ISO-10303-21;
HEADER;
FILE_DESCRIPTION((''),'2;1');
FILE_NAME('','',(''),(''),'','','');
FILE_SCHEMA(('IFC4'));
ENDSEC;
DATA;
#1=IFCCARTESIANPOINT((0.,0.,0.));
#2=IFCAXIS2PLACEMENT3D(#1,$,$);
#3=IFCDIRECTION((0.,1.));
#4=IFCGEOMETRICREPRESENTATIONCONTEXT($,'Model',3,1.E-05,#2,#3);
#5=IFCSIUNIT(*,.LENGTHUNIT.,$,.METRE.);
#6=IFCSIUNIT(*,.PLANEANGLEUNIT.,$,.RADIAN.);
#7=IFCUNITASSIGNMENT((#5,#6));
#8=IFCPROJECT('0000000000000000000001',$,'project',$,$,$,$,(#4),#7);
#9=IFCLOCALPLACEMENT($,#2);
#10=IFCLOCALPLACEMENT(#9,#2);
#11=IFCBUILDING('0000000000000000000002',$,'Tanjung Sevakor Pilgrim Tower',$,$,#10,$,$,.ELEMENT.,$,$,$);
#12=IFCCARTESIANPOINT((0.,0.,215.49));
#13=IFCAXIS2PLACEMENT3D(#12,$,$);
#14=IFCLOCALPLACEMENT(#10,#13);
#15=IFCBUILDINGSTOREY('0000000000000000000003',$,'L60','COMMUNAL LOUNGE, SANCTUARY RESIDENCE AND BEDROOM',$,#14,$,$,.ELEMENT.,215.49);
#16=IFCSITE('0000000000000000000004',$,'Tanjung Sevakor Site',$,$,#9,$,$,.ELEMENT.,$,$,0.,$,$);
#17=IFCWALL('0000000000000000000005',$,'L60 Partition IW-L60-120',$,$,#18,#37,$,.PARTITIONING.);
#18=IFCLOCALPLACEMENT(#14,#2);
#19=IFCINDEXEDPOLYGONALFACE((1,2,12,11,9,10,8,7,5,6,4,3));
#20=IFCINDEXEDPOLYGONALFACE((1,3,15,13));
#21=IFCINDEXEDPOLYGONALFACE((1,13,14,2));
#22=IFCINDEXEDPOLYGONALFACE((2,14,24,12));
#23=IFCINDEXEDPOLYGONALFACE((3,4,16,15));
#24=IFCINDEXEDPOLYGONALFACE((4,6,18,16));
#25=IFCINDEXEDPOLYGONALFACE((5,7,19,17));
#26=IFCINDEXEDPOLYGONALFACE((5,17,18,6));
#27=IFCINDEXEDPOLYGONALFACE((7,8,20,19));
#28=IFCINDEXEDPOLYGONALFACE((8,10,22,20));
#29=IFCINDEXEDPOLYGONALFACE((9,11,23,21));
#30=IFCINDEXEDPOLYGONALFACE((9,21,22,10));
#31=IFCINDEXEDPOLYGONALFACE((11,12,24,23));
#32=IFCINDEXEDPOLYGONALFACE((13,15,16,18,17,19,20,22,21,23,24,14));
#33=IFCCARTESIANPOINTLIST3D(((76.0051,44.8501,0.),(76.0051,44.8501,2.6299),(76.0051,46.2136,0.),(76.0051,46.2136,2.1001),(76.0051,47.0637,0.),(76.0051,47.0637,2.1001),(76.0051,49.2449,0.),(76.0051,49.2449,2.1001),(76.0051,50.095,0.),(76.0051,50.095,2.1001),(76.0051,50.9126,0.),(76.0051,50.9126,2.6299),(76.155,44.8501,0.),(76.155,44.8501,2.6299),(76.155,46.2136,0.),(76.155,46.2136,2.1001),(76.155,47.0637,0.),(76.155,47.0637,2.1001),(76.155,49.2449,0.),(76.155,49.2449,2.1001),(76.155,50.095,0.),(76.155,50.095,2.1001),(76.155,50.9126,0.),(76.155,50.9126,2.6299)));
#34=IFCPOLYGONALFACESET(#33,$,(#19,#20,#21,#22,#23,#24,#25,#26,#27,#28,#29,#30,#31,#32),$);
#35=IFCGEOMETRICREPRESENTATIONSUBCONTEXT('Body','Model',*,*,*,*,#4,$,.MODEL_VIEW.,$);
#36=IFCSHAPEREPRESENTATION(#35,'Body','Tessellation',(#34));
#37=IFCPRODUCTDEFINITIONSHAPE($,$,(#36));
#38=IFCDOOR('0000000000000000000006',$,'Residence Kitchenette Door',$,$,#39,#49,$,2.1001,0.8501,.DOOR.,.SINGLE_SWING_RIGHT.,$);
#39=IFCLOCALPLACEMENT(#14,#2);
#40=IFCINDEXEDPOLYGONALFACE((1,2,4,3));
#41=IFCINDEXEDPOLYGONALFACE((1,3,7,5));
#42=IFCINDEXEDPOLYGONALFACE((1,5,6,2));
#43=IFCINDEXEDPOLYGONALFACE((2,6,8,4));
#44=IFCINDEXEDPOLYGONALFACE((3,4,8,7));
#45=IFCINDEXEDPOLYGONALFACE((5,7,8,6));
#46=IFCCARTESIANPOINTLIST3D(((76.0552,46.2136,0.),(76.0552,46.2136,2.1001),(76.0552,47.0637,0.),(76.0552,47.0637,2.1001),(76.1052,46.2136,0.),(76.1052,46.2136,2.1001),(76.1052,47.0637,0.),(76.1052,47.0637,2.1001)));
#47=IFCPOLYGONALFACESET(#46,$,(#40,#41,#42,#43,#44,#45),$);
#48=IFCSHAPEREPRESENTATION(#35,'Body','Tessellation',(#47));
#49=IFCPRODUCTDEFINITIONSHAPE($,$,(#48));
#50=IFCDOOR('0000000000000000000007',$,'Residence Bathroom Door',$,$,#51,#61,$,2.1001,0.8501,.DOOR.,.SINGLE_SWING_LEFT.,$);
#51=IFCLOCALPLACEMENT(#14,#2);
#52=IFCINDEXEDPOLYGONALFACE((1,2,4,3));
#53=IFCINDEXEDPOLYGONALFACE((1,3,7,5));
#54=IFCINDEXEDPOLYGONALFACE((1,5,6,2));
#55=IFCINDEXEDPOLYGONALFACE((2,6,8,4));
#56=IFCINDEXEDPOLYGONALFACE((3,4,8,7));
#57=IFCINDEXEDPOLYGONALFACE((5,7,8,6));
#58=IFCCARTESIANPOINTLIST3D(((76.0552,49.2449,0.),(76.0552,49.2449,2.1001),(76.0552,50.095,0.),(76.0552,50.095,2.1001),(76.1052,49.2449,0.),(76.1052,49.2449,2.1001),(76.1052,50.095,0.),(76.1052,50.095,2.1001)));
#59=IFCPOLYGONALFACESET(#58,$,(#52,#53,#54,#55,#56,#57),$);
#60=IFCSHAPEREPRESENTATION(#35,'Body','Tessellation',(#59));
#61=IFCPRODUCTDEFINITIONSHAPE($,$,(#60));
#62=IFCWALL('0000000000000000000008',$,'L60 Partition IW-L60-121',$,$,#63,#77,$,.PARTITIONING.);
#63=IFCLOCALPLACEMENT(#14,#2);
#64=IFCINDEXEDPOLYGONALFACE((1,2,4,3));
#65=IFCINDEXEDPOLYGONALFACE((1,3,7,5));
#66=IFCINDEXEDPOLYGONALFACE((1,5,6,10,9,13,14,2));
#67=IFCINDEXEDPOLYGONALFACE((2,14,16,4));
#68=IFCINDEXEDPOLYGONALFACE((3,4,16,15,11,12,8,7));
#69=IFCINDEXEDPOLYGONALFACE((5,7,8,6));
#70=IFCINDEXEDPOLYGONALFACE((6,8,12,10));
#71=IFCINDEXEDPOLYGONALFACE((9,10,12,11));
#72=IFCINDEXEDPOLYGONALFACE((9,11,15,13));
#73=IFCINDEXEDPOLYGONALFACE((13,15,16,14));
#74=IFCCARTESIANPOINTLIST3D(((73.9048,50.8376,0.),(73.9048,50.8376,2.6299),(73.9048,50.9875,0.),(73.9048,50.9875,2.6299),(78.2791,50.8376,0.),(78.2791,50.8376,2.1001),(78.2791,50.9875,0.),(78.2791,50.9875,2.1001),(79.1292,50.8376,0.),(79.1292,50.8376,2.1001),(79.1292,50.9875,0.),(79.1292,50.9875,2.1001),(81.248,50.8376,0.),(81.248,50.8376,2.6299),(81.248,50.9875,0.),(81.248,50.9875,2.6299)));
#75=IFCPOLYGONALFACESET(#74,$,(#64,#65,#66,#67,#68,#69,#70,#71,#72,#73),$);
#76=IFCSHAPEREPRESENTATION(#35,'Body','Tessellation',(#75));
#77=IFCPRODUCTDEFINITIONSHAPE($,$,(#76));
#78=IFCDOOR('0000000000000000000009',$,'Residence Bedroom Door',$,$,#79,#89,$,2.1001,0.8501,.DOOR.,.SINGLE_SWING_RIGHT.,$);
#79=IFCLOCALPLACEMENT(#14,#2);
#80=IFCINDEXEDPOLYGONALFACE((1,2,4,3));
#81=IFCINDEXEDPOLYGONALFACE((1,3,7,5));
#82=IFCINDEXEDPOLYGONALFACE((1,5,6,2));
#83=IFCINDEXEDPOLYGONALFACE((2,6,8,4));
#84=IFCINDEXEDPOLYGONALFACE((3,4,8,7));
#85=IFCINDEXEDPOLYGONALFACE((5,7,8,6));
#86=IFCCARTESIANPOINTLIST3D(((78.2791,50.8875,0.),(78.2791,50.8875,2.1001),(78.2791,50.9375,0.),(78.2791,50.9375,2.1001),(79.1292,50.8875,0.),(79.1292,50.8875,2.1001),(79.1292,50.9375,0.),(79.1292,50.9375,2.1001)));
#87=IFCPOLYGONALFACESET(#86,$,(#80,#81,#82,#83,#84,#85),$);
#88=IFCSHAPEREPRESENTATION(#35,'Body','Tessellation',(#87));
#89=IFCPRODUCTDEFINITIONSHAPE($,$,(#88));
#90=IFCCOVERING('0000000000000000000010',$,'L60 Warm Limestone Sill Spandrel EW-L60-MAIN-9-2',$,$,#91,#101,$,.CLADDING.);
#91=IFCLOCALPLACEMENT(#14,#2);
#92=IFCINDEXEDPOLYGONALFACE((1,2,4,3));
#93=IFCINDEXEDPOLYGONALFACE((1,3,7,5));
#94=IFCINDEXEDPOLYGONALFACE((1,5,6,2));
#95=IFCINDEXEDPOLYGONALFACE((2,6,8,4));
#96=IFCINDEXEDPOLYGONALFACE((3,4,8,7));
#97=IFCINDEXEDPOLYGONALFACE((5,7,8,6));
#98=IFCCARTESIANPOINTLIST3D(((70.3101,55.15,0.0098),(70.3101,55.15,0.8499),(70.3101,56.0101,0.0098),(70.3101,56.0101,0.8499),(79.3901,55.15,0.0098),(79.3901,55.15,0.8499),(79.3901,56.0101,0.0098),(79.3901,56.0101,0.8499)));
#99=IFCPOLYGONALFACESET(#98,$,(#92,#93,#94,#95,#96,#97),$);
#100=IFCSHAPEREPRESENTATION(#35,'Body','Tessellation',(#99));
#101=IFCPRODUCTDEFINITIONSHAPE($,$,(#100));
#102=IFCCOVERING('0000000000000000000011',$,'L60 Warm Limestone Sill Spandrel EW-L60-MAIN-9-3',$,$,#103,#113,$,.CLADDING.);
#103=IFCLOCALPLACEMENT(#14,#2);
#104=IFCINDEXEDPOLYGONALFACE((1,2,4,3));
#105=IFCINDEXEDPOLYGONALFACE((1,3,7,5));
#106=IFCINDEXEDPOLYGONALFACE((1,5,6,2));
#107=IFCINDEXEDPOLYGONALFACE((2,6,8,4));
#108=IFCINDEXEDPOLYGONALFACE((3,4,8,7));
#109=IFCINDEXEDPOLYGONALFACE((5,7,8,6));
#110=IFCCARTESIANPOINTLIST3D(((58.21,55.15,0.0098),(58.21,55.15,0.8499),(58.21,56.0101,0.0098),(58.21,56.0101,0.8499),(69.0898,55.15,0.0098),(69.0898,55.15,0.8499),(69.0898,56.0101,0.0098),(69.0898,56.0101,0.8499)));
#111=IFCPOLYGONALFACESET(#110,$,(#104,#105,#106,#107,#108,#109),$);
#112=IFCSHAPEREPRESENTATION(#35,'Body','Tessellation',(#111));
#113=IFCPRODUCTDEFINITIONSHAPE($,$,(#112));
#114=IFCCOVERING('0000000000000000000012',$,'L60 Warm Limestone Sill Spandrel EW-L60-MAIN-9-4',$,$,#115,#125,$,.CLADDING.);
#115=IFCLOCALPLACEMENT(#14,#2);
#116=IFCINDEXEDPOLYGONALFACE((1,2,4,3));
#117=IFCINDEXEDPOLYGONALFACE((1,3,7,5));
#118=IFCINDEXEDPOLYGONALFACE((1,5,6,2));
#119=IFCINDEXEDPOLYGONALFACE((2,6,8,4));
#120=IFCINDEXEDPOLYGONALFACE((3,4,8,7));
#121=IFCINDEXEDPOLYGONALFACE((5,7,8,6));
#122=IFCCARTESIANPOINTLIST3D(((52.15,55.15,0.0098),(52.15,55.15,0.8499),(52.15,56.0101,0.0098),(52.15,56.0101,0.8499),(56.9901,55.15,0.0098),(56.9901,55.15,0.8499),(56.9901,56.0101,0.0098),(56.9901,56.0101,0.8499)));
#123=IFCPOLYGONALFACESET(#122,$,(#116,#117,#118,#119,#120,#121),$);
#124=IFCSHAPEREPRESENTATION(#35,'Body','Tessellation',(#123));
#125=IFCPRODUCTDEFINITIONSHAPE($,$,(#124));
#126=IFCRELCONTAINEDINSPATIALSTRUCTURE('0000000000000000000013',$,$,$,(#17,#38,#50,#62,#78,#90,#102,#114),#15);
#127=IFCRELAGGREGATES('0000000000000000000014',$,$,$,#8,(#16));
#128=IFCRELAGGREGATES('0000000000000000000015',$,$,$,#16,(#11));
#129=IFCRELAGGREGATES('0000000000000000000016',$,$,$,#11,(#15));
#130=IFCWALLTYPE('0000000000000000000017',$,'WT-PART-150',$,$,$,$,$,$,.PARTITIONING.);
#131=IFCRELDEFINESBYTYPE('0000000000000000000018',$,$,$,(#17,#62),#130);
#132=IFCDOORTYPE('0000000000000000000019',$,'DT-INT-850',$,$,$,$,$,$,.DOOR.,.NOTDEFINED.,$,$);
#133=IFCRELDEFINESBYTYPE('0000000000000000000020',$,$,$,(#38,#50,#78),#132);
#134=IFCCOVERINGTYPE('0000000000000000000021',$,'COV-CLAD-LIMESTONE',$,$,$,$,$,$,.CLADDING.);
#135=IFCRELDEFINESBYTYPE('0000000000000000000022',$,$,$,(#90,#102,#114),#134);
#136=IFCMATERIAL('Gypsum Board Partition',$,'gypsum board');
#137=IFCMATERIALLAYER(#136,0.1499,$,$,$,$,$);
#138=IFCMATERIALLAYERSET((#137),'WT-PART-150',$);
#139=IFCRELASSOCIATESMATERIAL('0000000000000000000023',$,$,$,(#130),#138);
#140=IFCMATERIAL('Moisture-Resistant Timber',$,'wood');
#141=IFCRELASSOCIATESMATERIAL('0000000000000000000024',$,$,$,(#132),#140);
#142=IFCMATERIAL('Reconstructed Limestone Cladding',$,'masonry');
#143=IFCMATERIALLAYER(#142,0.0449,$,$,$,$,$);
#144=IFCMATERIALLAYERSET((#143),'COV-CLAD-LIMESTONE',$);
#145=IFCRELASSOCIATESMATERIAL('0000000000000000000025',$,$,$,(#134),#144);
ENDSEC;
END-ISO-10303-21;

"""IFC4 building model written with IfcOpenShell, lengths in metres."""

from ifc_helpers import new_model, si_unit, direction, frame, frame_2d, origin, origin_2d, place, context, subcontext, project, spatial, rectangle, extrude, material, layer, layer_set, type_object, element, fill, save


model = new_model("IFC4")

# Units and contexts
model_context = context("Model", 3, precision=1e-05, world=origin(), true_north=direction((0.0, 1.0)))
body_context = subcontext(model_context, "Body", "Model", "MODEL_VIEW")
ifc_project = project(units=[si_unit("LENGTHUNIT", "METRE"), si_unit("PLANEANGLEUNIT", "RADIAN")], contexts=[model_context])

# Site, building, storey
site_placement = place(None, origin())
site = spatial("IfcSite", under=ifc_project, at=site_placement, Name="Tanjung Sevakor Site", CompositionType="ELEMENT", RefElevation=0.0)
building_placement = place(site_placement, origin())
building = spatial("IfcBuilding", under=site, at=building_placement, Name="Tanjung Sevakor Pilgrim Tower", CompositionType="ELEMENT")
storey_placement = place(building_placement, frame((0.0, 0.0, 215.49)))
storey = spatial("IfcBuildingStorey", under=building, at=storey_placement, Name="L60", Description="COMMUNAL LOUNGE, SANCTUARY RESIDENCE AND BEDROOM", CompositionType="ELEMENT", Elevation=215.49)

# Shared definitions
ifc_material_1 = material(Name="Gypsum Board Partition", Category="gypsum board")
ifc_layer_1 = layer(ifc_material_1, 0.1499)
ifc_layer_set_1 = layer_set([ifc_layer_1], Name="WT-PART-150")
wall_type_1 = type_object("IfcWallType", Name="WT-PART-150", PredefinedType="PARTITIONING", material=ifc_layer_set_1)

# Shared definitions
ifc_material_2 = material(Name="Moisture-Resistant Timber", Category="wood")
door_type_1 = type_object("IfcDoorType", Name="DT-INT-850", OperationType="NOTDEFINED", PredefinedType="DOOR", material=ifc_material_2)

# Wall, openings, doors
wall_1_placement = place(storey_placement, frame((76.0801, 44.8501, 0.0), z_axis=(0.0, 0.0, 1.0), x_axis=(0.0, 1.0, 0.0)))
wall_1 = element("IfcWall", 1, at=wall_1_placement, inside=storey, type_object=wall_type_1, Name="L60 Partition IW-L60-120", PredefinedType="PARTITIONING", context=body_context, shape_type="SweptSolid", body=[
    extrude(rectangle(XDim=6.0625, YDim=0.1499, at=frame_2d((3.0312, 0.0))), origin(), (0.0, 0.0, 1.0), 2.6299),
])
opening_1_placement = place(wall_1_placement, frame((1.3635, 0.0, 0.0)))
opening_1 = element("IfcOpeningElement", 2, at=opening_1_placement, cuts=wall_1, PredefinedType="OPENING", context=body_context, shape_type="SweptSolid", body=[
    extrude(rectangle(XDim=0.8501, YDim=2.1001, at=frame_2d((0.425, 1.05))), frame((0.0, 0.085, 0.0), z_axis=(0.0, -1.0, 0.0), x_axis=(1.0, 0.0, 0.0)), (0.0, 0.0, 1.0), 0.1699),
])
opening_2_placement = place(wall_1_placement, frame((4.3948, 0.0, 0.0)))
opening_2 = element("IfcOpeningElement", 3, at=opening_2_placement, cuts=wall_1, PredefinedType="OPENING", context=body_context, shape_type="SweptSolid", body=[
    extrude(rectangle(XDim=0.8501, YDim=2.1001, at=frame_2d((0.425, 1.05))), frame((0.0, 0.085, 0.0), z_axis=(0.0, -1.0, 0.0), x_axis=(1.0, 0.0, 0.0)), (0.0, 0.0, 1.0), 0.1699),
])
door_1_placement = place(opening_1_placement, origin())
door_1 = element("IfcDoor", 4, at=door_1_placement, inside=storey, type_object=door_type_1, Name="Residence Kitchenette Door", OperationType="SINGLE_SWING_RIGHT", OverallHeight=2.1001, OverallWidth=0.8501, PredefinedType="DOOR", context=body_context, shape_type="SweptSolid", body=[
    extrude(rectangle(XDim=0.8501, YDim=2.1001, at=frame_2d((0.425, 1.05))), frame((0.0, 0.0249, 0.0), z_axis=(0.0, -1.0, 0.0), x_axis=(1.0, 0.0, 0.0)), (0.0, 0.0, 1.0), 0.05),
])
fill(opening_1, door_1)
door_2_placement = place(opening_2_placement, origin())
door_2 = element("IfcDoor", 5, at=door_2_placement, inside=storey, type_object=door_type_1, Name="Residence Bathroom Door", OperationType="SINGLE_SWING_LEFT", OverallHeight=2.1001, OverallWidth=0.8501, PredefinedType="DOOR", context=body_context, shape_type="SweptSolid", body=[
    extrude(rectangle(XDim=0.8501, YDim=2.1001, at=frame_2d((0.425, 1.05))), frame((0.0, 0.0249, 0.0), z_axis=(0.0, -1.0, 0.0), x_axis=(1.0, 0.0, 0.0)), (0.0, 0.0, 1.0), 0.05),
])
fill(opening_2, door_2)

# Wall, opening, door
wall_2_placement = place(storey_placement, frame((73.9048, 50.9126, 0.0), z_axis=(0.0, 0.0, 1.0), x_axis=(1.0, 0.0, 0.0)))
wall_2 = element("IfcWall", 6, at=wall_2_placement, inside=storey, type_object=wall_type_1, Name="L60 Partition IW-L60-121", PredefinedType="PARTITIONING", context=body_context, shape_type="SweptSolid", body=[
    extrude(rectangle(XDim=7.3433, YDim=0.1499, at=frame_2d((3.6716, 0.0))), origin(), (0.0, 0.0, 1.0), 2.6299),
])
opening_3_placement = place(wall_2_placement, frame((4.3743, 0.0, 0.0)))
opening_3 = element("IfcOpeningElement", 7, at=opening_3_placement, cuts=wall_2, PredefinedType="OPENING", context=body_context, shape_type="SweptSolid", body=[
    extrude(rectangle(XDim=0.8501, YDim=2.1001, at=frame_2d((0.425, 1.05))), frame((0.0, 0.085, 0.0), z_axis=(0.0, -1.0, 0.0), x_axis=(1.0, 0.0, 0.0)), (0.0, 0.0, 1.0), 0.1699),
])
door_3_placement = place(opening_3_placement, origin())
door_3 = element("IfcDoor", 8, at=door_3_placement, inside=storey, type_object=door_type_1, Name="Residence Bedroom Door", OperationType="SINGLE_SWING_RIGHT", OverallHeight=2.1001, OverallWidth=0.8501, PredefinedType="DOOR", context=body_context, shape_type="SweptSolid", body=[
    extrude(rectangle(XDim=0.8501, YDim=2.1001, at=frame_2d((0.425, 1.05))), frame((0.0, 0.0249, 0.0), z_axis=(0.0, -1.0, 0.0), x_axis=(1.0, 0.0, 0.0)), (0.0, 0.0, 1.0), 0.05),
])
fill(opening_3, door_3)

# Coverings
ifc_material_3 = material(Name="Reconstructed Limestone Cladding", Category="masonry")
ifc_layer_2 = layer(ifc_material_3, 0.0449)
ifc_layer_set_2 = layer_set([ifc_layer_2], Name="COV-CLAD-LIMESTONE")
covering_type = type_object("IfcCoveringType", Name="COV-CLAD-LIMESTONE", PredefinedType="CLADDING", material=ifc_layer_set_2)
covering_1_placement = place(storey_placement, frame((74.8501, 55.5801, 0.0098), z_axis=(0.0, 0.0, 1.0), x_axis=(-1.0, 0.0, 0.0)))
element("IfcCovering", 9, at=covering_1_placement, inside=storey, type_object=covering_type, Name="L60 Warm Limestone Sill Spandrel EW-L60-MAIN-9-2", PredefinedType="CLADDING", context=body_context, shape_type="SweptSolid", body=[
    extrude(rectangle(XDim=9.0801, YDim=0.8601, at=origin_2d()), origin(), (0.0, 0.0, 1.0), 0.8401),
])
covering_2_placement = place(storey_placement, frame((63.6499, 55.5801, 0.0098), z_axis=(0.0, 0.0, 1.0), x_axis=(-1.0, 0.0, 0.0)))
element("IfcCovering", 10, at=covering_2_placement, inside=storey, type_object=covering_type, Name="L60 Warm Limestone Sill Spandrel EW-L60-MAIN-9-3", PredefinedType="CLADDING", context=body_context, shape_type="SweptSolid", body=[
    extrude(rectangle(XDim=10.8799, YDim=0.8601, at=origin_2d()), origin(), (0.0, 0.0, 1.0), 0.8401),
])
covering_3_placement = place(storey_placement, frame((54.5701, 55.5801, 0.0098), z_axis=(0.0, 0.0, 1.0), x_axis=(-1.0, 0.0, 0.0)))
element("IfcCovering", 11, at=covering_3_placement, inside=storey, type_object=covering_type, Name="L60 Warm Limestone Sill Spandrel EW-L60-MAIN-9-4", PredefinedType="CLADDING", context=body_context, shape_type="SweptSolid", body=[
    extrude(rectangle(XDim=4.8401, YDim=0.8601, at=origin_2d()), origin(), (0.0, 0.0, 1.0), 0.8401),
])

save(model, "model.ifc")
